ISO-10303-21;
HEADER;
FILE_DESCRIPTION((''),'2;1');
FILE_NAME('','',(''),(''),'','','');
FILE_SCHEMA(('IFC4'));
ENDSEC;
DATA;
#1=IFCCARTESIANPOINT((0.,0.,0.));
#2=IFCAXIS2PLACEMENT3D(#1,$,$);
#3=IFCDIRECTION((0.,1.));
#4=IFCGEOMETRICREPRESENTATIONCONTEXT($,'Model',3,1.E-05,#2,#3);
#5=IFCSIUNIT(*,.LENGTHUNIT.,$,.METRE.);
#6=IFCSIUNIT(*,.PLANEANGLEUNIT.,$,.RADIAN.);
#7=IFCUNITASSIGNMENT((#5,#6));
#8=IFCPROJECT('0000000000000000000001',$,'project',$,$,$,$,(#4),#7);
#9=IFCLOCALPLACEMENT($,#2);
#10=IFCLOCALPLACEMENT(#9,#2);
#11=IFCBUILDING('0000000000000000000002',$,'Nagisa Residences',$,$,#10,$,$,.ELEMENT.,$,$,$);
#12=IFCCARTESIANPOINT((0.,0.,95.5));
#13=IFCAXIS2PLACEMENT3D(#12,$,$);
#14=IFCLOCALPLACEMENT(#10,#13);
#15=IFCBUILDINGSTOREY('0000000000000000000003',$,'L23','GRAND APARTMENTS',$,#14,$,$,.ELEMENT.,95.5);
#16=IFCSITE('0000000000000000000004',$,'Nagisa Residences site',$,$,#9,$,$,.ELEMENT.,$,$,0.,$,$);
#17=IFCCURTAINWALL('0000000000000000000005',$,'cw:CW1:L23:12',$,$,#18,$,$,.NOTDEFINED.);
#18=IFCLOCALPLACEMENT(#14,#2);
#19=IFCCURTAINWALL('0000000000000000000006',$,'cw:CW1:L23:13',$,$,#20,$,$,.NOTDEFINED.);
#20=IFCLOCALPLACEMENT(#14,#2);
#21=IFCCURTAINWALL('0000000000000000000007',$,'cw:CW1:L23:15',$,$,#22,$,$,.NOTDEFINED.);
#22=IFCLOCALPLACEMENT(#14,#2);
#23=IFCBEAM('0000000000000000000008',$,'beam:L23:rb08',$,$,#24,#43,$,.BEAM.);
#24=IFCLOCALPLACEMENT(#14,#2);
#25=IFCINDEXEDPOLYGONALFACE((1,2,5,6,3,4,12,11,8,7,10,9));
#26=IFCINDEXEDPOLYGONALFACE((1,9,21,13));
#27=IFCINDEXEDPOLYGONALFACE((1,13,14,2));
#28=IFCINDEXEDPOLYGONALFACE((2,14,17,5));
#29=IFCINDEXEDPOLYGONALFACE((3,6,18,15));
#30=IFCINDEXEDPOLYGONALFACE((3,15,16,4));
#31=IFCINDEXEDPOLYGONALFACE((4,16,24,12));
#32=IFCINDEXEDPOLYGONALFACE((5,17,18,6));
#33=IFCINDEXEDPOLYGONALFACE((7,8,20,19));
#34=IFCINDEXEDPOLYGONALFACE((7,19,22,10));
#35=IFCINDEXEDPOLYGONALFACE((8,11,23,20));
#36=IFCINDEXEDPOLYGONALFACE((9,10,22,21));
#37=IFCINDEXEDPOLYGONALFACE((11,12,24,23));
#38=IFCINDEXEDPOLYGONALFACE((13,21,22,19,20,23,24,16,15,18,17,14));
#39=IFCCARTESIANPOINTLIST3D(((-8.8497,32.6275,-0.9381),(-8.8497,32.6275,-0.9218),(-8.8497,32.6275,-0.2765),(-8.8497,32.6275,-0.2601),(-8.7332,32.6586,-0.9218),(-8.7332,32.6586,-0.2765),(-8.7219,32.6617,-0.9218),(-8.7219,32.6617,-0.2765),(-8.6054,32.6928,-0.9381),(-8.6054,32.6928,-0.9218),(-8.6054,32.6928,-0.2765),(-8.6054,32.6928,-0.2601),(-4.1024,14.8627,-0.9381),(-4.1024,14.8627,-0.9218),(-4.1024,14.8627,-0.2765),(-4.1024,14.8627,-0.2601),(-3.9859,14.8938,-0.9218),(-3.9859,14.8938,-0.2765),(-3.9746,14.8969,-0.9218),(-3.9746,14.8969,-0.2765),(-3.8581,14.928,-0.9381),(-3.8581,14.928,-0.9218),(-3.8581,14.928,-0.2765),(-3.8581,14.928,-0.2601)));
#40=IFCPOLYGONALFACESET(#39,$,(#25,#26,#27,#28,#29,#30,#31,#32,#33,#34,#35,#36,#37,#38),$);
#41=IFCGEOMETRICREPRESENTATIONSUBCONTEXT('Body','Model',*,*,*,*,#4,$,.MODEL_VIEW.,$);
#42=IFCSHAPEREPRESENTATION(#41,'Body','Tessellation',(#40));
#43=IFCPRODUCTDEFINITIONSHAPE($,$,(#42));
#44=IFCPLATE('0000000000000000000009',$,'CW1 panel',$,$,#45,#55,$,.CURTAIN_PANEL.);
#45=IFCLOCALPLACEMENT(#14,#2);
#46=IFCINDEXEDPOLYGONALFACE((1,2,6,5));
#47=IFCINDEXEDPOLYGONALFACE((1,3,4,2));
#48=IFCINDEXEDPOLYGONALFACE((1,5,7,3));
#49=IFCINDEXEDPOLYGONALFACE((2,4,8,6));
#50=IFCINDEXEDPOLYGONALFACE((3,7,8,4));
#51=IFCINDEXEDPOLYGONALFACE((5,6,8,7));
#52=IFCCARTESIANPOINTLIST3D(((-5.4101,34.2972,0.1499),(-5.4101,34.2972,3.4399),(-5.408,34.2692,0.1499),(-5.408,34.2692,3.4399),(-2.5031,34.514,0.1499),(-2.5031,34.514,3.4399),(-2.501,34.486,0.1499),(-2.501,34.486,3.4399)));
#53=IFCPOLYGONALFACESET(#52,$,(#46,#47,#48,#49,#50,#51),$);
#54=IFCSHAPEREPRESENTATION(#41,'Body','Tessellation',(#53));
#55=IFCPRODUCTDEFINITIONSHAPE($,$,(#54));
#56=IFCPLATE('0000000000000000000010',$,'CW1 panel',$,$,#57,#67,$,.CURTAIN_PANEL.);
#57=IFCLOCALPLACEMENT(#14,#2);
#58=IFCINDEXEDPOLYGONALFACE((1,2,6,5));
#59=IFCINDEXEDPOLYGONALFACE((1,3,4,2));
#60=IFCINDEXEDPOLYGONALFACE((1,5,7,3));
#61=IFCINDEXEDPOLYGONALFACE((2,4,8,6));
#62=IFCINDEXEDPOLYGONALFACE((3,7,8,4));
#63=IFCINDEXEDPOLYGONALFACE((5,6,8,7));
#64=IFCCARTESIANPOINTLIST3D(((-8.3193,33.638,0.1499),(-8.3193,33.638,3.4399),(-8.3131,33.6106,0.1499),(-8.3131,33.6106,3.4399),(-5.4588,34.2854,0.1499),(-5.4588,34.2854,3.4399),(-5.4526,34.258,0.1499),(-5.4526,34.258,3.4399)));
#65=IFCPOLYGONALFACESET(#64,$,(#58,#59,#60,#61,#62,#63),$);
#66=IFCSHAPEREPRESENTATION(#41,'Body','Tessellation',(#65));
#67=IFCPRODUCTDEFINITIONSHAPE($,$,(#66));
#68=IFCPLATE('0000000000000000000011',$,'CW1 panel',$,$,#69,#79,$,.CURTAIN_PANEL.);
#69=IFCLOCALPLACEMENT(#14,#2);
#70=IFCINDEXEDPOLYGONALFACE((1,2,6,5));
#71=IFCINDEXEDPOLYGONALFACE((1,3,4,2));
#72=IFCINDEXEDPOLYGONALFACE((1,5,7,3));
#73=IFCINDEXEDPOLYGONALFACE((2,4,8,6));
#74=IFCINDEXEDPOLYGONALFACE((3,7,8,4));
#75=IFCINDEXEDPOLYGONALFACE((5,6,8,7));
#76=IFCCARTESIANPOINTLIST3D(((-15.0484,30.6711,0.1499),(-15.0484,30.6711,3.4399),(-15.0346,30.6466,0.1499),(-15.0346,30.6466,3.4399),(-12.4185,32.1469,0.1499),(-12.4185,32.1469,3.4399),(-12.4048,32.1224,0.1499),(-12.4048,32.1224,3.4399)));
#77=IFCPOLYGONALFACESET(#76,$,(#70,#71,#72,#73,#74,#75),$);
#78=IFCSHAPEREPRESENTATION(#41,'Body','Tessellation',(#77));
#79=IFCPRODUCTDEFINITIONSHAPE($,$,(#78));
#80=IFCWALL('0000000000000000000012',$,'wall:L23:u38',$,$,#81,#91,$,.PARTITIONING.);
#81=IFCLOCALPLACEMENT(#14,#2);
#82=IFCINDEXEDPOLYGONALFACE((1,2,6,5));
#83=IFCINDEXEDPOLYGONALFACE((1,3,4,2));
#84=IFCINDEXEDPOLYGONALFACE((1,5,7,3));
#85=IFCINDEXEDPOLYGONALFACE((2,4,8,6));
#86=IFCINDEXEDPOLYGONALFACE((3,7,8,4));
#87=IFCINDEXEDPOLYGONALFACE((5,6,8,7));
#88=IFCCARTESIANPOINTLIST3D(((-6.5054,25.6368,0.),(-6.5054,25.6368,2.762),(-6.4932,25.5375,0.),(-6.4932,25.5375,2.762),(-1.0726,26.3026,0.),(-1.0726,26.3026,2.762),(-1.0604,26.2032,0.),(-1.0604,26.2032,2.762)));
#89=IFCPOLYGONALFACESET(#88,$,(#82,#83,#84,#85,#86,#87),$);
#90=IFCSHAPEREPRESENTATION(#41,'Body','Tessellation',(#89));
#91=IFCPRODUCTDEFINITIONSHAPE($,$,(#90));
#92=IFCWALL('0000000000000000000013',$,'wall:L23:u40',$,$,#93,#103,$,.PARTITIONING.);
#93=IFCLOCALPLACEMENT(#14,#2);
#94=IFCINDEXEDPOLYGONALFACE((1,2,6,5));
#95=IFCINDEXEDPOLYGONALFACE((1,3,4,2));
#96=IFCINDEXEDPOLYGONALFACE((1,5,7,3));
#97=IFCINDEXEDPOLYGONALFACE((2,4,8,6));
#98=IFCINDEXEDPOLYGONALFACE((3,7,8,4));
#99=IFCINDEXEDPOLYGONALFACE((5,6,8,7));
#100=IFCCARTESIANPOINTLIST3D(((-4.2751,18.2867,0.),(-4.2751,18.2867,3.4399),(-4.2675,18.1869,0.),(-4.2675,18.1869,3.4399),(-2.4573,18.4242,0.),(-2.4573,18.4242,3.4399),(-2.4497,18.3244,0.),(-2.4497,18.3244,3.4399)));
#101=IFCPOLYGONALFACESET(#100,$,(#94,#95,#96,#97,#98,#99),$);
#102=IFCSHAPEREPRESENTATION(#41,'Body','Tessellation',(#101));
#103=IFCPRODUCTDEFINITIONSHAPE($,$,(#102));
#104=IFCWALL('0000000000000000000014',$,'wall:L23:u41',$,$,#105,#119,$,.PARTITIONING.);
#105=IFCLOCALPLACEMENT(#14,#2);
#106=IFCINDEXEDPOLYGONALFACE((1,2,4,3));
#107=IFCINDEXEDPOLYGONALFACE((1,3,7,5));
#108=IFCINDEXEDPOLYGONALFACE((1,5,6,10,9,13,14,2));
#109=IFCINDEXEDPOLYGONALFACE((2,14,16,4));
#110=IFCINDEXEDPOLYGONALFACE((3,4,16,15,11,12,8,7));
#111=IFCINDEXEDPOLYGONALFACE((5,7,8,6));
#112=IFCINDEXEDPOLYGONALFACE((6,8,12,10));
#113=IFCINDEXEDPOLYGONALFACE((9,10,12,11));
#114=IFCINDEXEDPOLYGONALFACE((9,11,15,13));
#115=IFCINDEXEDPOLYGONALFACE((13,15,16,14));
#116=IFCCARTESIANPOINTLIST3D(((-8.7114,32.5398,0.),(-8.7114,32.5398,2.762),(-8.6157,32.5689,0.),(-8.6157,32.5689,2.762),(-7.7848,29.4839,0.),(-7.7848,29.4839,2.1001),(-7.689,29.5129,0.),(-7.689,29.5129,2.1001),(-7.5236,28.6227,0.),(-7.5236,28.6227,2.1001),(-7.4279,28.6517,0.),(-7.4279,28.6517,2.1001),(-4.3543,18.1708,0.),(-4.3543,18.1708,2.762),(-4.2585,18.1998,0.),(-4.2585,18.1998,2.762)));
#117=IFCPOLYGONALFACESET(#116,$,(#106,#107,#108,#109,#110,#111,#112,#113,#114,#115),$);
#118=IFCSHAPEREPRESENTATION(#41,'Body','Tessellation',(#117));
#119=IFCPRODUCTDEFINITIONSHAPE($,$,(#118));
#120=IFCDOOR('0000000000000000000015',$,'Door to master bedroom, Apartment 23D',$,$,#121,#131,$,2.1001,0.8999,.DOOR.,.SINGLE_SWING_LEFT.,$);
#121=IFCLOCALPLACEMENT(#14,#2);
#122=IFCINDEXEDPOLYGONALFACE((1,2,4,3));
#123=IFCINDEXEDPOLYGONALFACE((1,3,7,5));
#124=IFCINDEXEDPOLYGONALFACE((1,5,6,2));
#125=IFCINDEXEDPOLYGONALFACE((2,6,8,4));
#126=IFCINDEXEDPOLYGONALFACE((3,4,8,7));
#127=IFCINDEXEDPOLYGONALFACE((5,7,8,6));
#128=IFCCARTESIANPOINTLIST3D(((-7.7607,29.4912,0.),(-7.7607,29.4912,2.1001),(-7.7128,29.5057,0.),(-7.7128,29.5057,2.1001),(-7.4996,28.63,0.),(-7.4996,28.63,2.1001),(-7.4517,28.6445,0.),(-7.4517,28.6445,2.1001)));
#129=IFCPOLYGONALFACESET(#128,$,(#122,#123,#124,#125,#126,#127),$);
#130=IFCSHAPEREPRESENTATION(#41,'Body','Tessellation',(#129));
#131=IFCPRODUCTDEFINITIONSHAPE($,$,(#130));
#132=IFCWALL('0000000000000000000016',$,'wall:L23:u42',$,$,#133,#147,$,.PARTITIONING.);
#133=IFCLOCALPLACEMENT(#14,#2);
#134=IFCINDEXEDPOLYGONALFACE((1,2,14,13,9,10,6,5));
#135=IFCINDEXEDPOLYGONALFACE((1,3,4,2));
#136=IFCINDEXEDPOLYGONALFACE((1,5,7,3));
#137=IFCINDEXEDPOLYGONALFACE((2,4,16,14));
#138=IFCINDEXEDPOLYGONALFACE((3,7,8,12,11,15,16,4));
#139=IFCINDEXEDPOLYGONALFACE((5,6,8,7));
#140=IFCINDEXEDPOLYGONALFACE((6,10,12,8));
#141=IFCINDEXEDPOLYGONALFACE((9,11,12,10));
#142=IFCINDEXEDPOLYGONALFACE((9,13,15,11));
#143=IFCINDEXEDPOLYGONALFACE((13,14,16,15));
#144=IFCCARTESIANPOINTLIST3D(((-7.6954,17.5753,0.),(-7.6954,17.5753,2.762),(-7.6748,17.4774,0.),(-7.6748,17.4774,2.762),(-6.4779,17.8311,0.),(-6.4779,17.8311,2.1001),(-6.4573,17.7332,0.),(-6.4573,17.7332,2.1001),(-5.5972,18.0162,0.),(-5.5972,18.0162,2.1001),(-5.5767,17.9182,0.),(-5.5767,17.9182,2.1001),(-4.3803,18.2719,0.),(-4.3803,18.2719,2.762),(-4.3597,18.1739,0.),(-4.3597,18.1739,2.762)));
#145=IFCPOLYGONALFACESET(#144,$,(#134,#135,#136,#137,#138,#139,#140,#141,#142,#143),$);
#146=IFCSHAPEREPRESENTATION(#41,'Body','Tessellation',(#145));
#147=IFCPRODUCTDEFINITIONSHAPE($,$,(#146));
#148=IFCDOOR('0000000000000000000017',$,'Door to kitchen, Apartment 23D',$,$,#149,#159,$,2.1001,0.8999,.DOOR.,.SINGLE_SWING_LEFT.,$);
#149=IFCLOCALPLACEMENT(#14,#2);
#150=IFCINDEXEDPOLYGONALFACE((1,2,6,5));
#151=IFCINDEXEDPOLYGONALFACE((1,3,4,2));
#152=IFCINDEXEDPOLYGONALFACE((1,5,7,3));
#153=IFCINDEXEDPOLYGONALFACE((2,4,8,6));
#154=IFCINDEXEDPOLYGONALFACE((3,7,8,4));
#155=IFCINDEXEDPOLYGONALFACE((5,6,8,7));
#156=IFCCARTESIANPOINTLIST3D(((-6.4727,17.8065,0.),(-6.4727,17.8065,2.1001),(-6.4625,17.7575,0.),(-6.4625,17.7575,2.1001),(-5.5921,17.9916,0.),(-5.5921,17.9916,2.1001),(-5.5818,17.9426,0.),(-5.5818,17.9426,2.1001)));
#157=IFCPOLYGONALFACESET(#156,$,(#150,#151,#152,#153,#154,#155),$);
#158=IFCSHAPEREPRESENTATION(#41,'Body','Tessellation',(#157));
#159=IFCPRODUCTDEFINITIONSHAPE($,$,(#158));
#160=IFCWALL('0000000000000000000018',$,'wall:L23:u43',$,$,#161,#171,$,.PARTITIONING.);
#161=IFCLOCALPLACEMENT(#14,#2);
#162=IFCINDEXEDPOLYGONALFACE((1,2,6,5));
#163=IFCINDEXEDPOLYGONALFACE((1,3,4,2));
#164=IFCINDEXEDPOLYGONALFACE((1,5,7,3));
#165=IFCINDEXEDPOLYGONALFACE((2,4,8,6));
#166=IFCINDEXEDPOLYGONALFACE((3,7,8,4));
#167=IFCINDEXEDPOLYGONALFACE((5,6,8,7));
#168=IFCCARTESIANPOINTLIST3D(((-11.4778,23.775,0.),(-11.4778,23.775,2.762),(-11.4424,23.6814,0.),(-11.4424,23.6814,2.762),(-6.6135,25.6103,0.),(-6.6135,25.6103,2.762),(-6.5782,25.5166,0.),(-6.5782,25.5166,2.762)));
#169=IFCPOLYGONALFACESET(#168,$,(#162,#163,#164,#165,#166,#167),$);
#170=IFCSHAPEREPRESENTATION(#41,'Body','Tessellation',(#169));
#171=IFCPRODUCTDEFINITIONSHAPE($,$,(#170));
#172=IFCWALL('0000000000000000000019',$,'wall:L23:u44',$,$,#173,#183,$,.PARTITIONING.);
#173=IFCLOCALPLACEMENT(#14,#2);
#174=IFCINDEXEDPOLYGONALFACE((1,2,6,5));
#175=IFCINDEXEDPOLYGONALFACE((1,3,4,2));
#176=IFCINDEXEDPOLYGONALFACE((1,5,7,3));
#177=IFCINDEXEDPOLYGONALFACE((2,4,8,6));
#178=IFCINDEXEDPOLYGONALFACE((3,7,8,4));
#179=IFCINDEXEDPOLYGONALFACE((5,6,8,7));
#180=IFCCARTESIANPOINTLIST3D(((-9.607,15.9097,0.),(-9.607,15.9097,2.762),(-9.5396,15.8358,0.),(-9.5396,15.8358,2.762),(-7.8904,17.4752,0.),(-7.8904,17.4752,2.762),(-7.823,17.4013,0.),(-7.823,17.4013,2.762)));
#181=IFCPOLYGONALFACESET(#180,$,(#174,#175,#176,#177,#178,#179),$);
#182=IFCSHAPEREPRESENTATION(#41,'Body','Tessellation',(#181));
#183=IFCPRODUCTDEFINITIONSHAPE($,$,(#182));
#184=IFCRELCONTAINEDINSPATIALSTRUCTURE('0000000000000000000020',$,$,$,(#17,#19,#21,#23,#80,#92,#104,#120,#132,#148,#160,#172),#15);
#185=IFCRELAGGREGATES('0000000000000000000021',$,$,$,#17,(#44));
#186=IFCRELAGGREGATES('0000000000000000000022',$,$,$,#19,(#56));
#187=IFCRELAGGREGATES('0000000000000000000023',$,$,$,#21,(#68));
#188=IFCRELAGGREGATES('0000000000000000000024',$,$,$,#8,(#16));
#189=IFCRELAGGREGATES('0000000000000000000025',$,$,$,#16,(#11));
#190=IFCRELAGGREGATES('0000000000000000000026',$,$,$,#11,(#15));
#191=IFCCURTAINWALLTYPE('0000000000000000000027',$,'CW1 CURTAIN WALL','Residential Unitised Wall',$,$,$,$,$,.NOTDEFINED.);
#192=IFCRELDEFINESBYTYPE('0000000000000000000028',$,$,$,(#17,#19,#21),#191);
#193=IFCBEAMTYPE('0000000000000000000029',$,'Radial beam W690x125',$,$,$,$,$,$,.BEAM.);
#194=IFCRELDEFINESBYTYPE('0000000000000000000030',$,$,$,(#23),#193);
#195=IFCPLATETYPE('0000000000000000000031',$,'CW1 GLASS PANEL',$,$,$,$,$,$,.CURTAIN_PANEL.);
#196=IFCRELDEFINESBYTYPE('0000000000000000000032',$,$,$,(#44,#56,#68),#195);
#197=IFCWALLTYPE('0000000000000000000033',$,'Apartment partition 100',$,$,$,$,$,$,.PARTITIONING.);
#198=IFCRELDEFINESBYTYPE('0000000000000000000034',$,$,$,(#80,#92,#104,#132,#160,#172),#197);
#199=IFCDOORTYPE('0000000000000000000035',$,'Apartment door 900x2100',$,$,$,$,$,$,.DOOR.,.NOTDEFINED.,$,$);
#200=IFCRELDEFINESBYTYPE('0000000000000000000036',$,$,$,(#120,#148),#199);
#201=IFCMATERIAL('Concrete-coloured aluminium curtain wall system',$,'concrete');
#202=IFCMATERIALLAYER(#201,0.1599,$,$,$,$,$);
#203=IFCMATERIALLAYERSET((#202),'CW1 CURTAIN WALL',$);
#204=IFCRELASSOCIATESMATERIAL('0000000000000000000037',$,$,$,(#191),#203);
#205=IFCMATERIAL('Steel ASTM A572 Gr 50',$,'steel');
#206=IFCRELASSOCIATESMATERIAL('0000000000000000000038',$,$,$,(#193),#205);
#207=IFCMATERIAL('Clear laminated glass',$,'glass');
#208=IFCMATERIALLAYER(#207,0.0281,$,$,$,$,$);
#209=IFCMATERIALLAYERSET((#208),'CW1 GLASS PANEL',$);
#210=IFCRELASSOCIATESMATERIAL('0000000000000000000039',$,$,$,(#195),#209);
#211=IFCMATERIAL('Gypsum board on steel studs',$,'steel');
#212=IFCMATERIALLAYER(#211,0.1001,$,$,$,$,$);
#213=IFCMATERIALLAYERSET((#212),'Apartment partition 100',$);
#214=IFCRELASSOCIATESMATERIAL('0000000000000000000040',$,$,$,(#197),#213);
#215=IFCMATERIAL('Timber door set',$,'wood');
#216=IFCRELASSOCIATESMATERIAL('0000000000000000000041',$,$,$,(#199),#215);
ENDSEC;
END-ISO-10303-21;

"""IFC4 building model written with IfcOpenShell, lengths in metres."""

from ifc_helpers import new_model, si_unit, direction, frame, frame_2d, origin, origin_2d, place, context, subcontext, project, spatial, rectangle, i_section, extrude, material, layer, layer_set, material_profile, profile_set, type_object, element, fill, aggregate, save


model = new_model("IFC4")

# Units and contexts
model_context = context("Model", 3, precision=1e-05, world=origin(), true_north=direction((0.0, 1.0)))
body_context = subcontext(model_context, "Body", "Model", "MODEL_VIEW")
ifc_project = project(units=[si_unit("LENGTHUNIT", "METRE"), si_unit("PLANEANGLEUNIT", "RADIAN")], contexts=[model_context])

# Site, building, storey
site_placement = place(None, origin())
site = spatial("IfcSite", under=ifc_project, at=site_placement, Name="Nagisa Residences site", CompositionType="ELEMENT", RefElevation=0.0)
building_placement = place(site_placement, origin())
building = spatial("IfcBuilding", under=site, at=building_placement, Name="Nagisa Residences", CompositionType="ELEMENT")
storey_placement = place(building_placement, frame((0.0, 0.0, 95.5)))
storey = spatial("IfcBuildingStorey", under=building, at=storey_placement, Name="L23", Description="GRAND APARTMENTS", CompositionType="ELEMENT", Elevation=95.5)

# Curtain walls
ifc_material_1 = material(Name="Concrete-coloured aluminium curtain wall system", Category="concrete")
ifc_layer_1 = layer(ifc_material_1, 0.1599)
ifc_layer_set_1 = layer_set([ifc_layer_1], Name="CW1 CURTAIN WALL")
curtain_wall_type = type_object("IfcCurtainWallType", Name="CW1 CURTAIN WALL", Description="Residential Unitised Wall", PredefinedType="NOTDEFINED", material=ifc_layer_set_1)
curtain_wall_1_placement = place(storey_placement, origin())
curtain_wall_1 = element("IfcCurtainWall", 1, at=curtain_wall_1_placement, inside=storey, type_object=curtain_wall_type, Name="cw:CW1:L23:12", PredefinedType="NOTDEFINED")
curtain_wall_2_placement = place(storey_placement, origin())
curtain_wall_2 = element("IfcCurtainWall", 2, at=curtain_wall_2_placement, inside=storey, type_object=curtain_wall_type, Name="cw:CW1:L23:13", PredefinedType="NOTDEFINED")
curtain_wall_3_placement = place(storey_placement, origin())
curtain_wall_3 = element("IfcCurtainWall", 3, at=curtain_wall_3_placement, inside=storey, type_object=curtain_wall_type, Name="cw:CW1:L23:15", PredefinedType="NOTDEFINED")

# Beam
ifc_material_2 = material(Name="Steel ASTM A572 Gr 50", Category="steel")
ifc_material_profile_1 = material_profile(ifc_material_2, i_section(OverallWidth=0.2529, OverallDepth=0.678, WebThickness=0.0117, FlangeThickness=0.0164, at=origin_2d()), Name="W690x125")
ifc_profile_set_1 = profile_set([ifc_material_profile_1], Name="Steel ASTM A572 Gr 50")
beam_type_1 = type_object("IfcBeamType", Name="Radial beam W690x125", PredefinedType="BEAM", material=ifc_profile_set_1)
beam_1_placement = place(storey_placement, frame((-8.7275, 32.6602, -0.5991), z_axis=(0.258171, -0.966099, 0.0), x_axis=(0.966099, 0.258171, 0.0)))
element("IfcBeam", 4, at=beam_1_placement, inside=storey, type_object=beam_type_1, Name="beam:L23:rb08", PredefinedType="BEAM", context=body_context, shape_type="SweptSolid", body=[
    extrude(i_section(OverallWidth=0.2529, OverallDepth=0.678, WebThickness=0.0117, FlangeThickness=0.0164, at=origin_2d()), origin(), (0.0, 0.0, 1.0), 18.3882),
])

# Plates
ifc_material_3 = material(Name="Clear laminated glass", Category="glass")
ifc_layer_2 = layer(ifc_material_3, 0.0281)
ifc_layer_set_2 = layer_set([ifc_layer_2], Name="CW1 GLASS PANEL")
plate_type = type_object("IfcPlateType", Name="CW1 GLASS PANEL", PredefinedType="CURTAIN_PANEL", material=ifc_layer_set_2)
plate_1_placement = place(storey_placement, frame((-3.9556, 34.3916, 0.1499), z_axis=(0.0, 0.0, 1.0), x_axis=(-0.99723, -0.074377, 0.0)))
plate_1 = element("IfcPlate", 5, at=plate_1_placement, type_object=plate_type, Name="CW1 panel", PredefinedType="CURTAIN_PANEL", context=body_context, shape_type="SweptSolid", body=[
    extrude(rectangle(XDim=2.915, YDim=0.0281, at=origin_2d()), origin(), (0.0, 0.0, 1.0), 3.29),
])
aggregate(curtain_wall_1, [plate_1])
plate_2_placement = place(storey_placement, frame((-6.886, 33.948, 0.1499), z_axis=(0.0, 0.0, 1.0), x_axis=(-0.975327, -0.220764, 0.0)))
plate_2 = element("IfcPlate", 6, at=plate_2_placement, type_object=plate_type, Name="CW1 panel", PredefinedType="CURTAIN_PANEL", context=body_context, shape_type="SweptSolid", body=[
    extrude(rectangle(XDim=2.9329, YDim=0.0281, at=origin_2d()), origin(), (0.0, 0.0, 1.0), 3.29),
])
aggregate(curtain_wall_2, [plate_2])
plate_3_placement = place(storey_placement, frame((-13.7266, 31.3967, 0.1499), z_axis=(0.0, 0.0, 1.0), x_axis=(-0.872072, -0.489377, 0.0)))
plate_3 = element("IfcPlate", 7, at=plate_3_placement, type_object=plate_type, Name="CW1 panel", PredefinedType="CURTAIN_PANEL", context=body_context, shape_type="SweptSolid", body=[
    extrude(rectangle(XDim=3.0156, YDim=0.0281, at=origin_2d()), origin(), (0.0, 0.0, 1.0), 3.29),
])
aggregate(curtain_wall_3, [plate_3])

# Walls
ifc_material_4 = material(Name="Gypsum board on steel studs", Category="steel")
ifc_layer_3 = layer(ifc_material_4, 0.1001)
ifc_layer_set_3 = layer_set([ifc_layer_3], Name="Apartment partition 100")
wall_type_1 = type_object("IfcWallType", Name="Apartment partition 100", PredefinedType="PARTITIONING", material=ifc_layer_set_3)
wall_1_placement = place(storey_placement, frame((-1.0664, 26.2529, 0.0), z_axis=(0.0, 0.0, 1.0), x_axis=(-0.992575, -0.121635, 0.0)))
element("IfcWall", 8, at=wall_1_placement, inside=storey, type_object=wall_type_1, Name="wall:L23:u38", PredefinedType="PARTITIONING", context=body_context, shape_type="SweptSolid", body=[
    extrude(rectangle(XDim=5.4734, YDim=0.1001, at=frame_2d((2.7368, 0.0))), origin(), (0.0, 0.0, 1.0), 2.762),
])
wall_2_placement = place(storey_placement, frame((-2.4534, 18.3743, 0.0), z_axis=(0.0, 0.0, 1.0), x_axis=(-0.997154, -0.075396, 0.0)))
element("IfcWall", 9, at=wall_2_placement, inside=storey, type_object=wall_type_1, Name="wall:L23:u40", PredefinedType="PARTITIONING", context=body_context, shape_type="SweptSolid", body=[
    extrude(rectangle(XDim=1.823, YDim=0.1001, at=frame_2d((0.9116, 0.0))), origin(), (0.0, 0.0, 1.0), 3.4399),
])

# Walls, openings, doors
wall_3_placement = place(storey_placement, frame((-4.3064, 18.1853, 0.0), z_axis=(0.0, 0.0, 1.0), x_axis=(-0.290184, 0.956971, 0.0)))
wall_3 = element("IfcWall", 10, at=wall_3_placement, inside=storey, type_object=wall_type_1, Name="wall:L23:u41", PredefinedType="PARTITIONING", context=body_context, shape_type="SweptSolid", body=[
    extrude(rectangle(XDim=15.0151, YDim=0.1001, at=frame_2d((7.5076, 0.0))), origin(), (0.0, 0.0, 1.0), 2.762),
])
opening_1_placement = place(wall_3_placement, frame((10.9219, 0.0, 0.0)))
opening_1 = element("IfcOpeningElement", 11, at=opening_1_placement, cuts=wall_3, PredefinedType="OPENING", context=body_context, shape_type="SweptSolid", body=[
    extrude(rectangle(XDim=0.8999, YDim=2.1001, at=frame_2d((0.45, 1.05))), frame((0.0, 0.0601, 0.0), z_axis=(0.0, -1.0, 0.0), x_axis=(1.0, 0.0, 0.0)), (0.0, 0.0, 1.0), 0.1201),
])
ifc_material_5 = material(Name="Timber door set", Category="wood")
door_type_1 = type_object("IfcDoorType", Name="Apartment door 900x2100", OperationType="NOTDEFINED", PredefinedType="DOOR", material=ifc_material_5)
door_1_placement = place(opening_1_placement, origin())
door_1 = element("IfcDoor", 12, at=door_1_placement, inside=storey, type_object=door_type_1, Name="Door to master bedroom, Apartment 23D", OperationType="SINGLE_SWING_LEFT", OverallHeight=2.1001, OverallWidth=0.8999, PredefinedType="DOOR", context=body_context, shape_type="SweptSolid", body=[
    extrude(rectangle(XDim=0.8999, YDim=2.1001, at=frame_2d((0.45, 1.05))), frame((0.0, 0.0249, 0.0), z_axis=(0.0, -1.0, 0.0), x_axis=(1.0, 0.0, 0.0)), (0.0, 0.0, 1.0), 0.05),
])
fill(opening_1, door_1)
wall_4_placement = place(storey_placement, frame((-4.3699, 18.2229, 0.0), z_axis=(0.0, 0.0, 1.0), x_axis=(-0.978633, -0.205615, 0.0)))
wall_4 = element("IfcWall", 13, at=wall_4_placement, inside=storey, type_object=wall_type_1, Name="wall:L23:u42", PredefinedType="PARTITIONING", context=body_context, shape_type="SweptSolid", body=[
    extrude(rectangle(XDim=3.3875, YDim=0.1001, at=frame_2d((1.6938, 0.0))), origin(), (0.0, 0.0, 1.0), 2.762),
])
opening_2_placement = place(wall_4_placement, frame((1.2437, 0.0, 0.0)))
opening_2 = element("IfcOpeningElement", 14, at=opening_2_placement, cuts=wall_4, PredefinedType="OPENING", context=body_context, shape_type="SweptSolid", body=[
    extrude(rectangle(XDim=0.8999, YDim=2.1001, at=frame_2d((0.45, 1.05))), frame((0.0, 0.0601, 0.0), z_axis=(0.0, -1.0, 0.0), x_axis=(1.0, 0.0, 0.0)), (0.0, 0.0, 1.0), 0.1201),
])
door_2_placement = place(opening_2_placement, frame((0.8999, 0.0, 0.0), x_axis=(-1.0, 0.0, 0.0)))
door_2 = element("IfcDoor", 15, at=door_2_placement, inside=storey, type_object=door_type_1, Name="Door to kitchen, Apartment 23D", OperationType="SINGLE_SWING_LEFT", OverallHeight=2.1001, OverallWidth=0.8999, PredefinedType="DOOR", context=body_context, shape_type="SweptSolid", body=[
    extrude(rectangle(XDim=0.8999, YDim=2.1001, at=frame_2d((0.45, 1.05))), frame((0.0, 0.0249, 0.0), z_axis=(0.0, -1.0, 0.0), x_axis=(1.0, 0.0, 0.0)), (0.0, 0.0, 1.0), 0.05),
])
fill(opening_2, door_2)

# Walls
wall_5_placement = place(storey_placement, frame((-6.5957, 25.5635, 0.0), z_axis=(0.0, 0.0, 1.0), x_axis=(-0.935625, -0.352996, 0.0)))
element("IfcWall", 16, at=wall_5_placement, inside=storey, type_object=wall_type_1, Name="wall:L23:u43", PredefinedType="PARTITIONING", context=body_context, shape_type="SweptSolid", body=[
    extrude(rectangle(XDim=5.199, YDim=0.1001, at=frame_2d((2.5996, 0.0))), origin(), (0.0, 0.0, 1.0), 2.762),
])
wall_6_placement = place(storey_placement, frame((-7.8567, 17.4382, 0.0), z_axis=(0.0, 0.0, 1.0), x_axis=(-0.738884, -0.673833, 0.0)))
element("IfcWall", 17, at=wall_6_placement, inside=storey, type_object=wall_type_1, Name="wall:L23:u44", PredefinedType="PARTITIONING", context=body_context, shape_type="SweptSolid", body=[
    extrude(rectangle(XDim=2.3232, YDim=0.1001, at=frame_2d((1.1616, 0.0))), origin(), (0.0, 0.0, 1.0), 2.762),
])

save(model, "model.ifc")
